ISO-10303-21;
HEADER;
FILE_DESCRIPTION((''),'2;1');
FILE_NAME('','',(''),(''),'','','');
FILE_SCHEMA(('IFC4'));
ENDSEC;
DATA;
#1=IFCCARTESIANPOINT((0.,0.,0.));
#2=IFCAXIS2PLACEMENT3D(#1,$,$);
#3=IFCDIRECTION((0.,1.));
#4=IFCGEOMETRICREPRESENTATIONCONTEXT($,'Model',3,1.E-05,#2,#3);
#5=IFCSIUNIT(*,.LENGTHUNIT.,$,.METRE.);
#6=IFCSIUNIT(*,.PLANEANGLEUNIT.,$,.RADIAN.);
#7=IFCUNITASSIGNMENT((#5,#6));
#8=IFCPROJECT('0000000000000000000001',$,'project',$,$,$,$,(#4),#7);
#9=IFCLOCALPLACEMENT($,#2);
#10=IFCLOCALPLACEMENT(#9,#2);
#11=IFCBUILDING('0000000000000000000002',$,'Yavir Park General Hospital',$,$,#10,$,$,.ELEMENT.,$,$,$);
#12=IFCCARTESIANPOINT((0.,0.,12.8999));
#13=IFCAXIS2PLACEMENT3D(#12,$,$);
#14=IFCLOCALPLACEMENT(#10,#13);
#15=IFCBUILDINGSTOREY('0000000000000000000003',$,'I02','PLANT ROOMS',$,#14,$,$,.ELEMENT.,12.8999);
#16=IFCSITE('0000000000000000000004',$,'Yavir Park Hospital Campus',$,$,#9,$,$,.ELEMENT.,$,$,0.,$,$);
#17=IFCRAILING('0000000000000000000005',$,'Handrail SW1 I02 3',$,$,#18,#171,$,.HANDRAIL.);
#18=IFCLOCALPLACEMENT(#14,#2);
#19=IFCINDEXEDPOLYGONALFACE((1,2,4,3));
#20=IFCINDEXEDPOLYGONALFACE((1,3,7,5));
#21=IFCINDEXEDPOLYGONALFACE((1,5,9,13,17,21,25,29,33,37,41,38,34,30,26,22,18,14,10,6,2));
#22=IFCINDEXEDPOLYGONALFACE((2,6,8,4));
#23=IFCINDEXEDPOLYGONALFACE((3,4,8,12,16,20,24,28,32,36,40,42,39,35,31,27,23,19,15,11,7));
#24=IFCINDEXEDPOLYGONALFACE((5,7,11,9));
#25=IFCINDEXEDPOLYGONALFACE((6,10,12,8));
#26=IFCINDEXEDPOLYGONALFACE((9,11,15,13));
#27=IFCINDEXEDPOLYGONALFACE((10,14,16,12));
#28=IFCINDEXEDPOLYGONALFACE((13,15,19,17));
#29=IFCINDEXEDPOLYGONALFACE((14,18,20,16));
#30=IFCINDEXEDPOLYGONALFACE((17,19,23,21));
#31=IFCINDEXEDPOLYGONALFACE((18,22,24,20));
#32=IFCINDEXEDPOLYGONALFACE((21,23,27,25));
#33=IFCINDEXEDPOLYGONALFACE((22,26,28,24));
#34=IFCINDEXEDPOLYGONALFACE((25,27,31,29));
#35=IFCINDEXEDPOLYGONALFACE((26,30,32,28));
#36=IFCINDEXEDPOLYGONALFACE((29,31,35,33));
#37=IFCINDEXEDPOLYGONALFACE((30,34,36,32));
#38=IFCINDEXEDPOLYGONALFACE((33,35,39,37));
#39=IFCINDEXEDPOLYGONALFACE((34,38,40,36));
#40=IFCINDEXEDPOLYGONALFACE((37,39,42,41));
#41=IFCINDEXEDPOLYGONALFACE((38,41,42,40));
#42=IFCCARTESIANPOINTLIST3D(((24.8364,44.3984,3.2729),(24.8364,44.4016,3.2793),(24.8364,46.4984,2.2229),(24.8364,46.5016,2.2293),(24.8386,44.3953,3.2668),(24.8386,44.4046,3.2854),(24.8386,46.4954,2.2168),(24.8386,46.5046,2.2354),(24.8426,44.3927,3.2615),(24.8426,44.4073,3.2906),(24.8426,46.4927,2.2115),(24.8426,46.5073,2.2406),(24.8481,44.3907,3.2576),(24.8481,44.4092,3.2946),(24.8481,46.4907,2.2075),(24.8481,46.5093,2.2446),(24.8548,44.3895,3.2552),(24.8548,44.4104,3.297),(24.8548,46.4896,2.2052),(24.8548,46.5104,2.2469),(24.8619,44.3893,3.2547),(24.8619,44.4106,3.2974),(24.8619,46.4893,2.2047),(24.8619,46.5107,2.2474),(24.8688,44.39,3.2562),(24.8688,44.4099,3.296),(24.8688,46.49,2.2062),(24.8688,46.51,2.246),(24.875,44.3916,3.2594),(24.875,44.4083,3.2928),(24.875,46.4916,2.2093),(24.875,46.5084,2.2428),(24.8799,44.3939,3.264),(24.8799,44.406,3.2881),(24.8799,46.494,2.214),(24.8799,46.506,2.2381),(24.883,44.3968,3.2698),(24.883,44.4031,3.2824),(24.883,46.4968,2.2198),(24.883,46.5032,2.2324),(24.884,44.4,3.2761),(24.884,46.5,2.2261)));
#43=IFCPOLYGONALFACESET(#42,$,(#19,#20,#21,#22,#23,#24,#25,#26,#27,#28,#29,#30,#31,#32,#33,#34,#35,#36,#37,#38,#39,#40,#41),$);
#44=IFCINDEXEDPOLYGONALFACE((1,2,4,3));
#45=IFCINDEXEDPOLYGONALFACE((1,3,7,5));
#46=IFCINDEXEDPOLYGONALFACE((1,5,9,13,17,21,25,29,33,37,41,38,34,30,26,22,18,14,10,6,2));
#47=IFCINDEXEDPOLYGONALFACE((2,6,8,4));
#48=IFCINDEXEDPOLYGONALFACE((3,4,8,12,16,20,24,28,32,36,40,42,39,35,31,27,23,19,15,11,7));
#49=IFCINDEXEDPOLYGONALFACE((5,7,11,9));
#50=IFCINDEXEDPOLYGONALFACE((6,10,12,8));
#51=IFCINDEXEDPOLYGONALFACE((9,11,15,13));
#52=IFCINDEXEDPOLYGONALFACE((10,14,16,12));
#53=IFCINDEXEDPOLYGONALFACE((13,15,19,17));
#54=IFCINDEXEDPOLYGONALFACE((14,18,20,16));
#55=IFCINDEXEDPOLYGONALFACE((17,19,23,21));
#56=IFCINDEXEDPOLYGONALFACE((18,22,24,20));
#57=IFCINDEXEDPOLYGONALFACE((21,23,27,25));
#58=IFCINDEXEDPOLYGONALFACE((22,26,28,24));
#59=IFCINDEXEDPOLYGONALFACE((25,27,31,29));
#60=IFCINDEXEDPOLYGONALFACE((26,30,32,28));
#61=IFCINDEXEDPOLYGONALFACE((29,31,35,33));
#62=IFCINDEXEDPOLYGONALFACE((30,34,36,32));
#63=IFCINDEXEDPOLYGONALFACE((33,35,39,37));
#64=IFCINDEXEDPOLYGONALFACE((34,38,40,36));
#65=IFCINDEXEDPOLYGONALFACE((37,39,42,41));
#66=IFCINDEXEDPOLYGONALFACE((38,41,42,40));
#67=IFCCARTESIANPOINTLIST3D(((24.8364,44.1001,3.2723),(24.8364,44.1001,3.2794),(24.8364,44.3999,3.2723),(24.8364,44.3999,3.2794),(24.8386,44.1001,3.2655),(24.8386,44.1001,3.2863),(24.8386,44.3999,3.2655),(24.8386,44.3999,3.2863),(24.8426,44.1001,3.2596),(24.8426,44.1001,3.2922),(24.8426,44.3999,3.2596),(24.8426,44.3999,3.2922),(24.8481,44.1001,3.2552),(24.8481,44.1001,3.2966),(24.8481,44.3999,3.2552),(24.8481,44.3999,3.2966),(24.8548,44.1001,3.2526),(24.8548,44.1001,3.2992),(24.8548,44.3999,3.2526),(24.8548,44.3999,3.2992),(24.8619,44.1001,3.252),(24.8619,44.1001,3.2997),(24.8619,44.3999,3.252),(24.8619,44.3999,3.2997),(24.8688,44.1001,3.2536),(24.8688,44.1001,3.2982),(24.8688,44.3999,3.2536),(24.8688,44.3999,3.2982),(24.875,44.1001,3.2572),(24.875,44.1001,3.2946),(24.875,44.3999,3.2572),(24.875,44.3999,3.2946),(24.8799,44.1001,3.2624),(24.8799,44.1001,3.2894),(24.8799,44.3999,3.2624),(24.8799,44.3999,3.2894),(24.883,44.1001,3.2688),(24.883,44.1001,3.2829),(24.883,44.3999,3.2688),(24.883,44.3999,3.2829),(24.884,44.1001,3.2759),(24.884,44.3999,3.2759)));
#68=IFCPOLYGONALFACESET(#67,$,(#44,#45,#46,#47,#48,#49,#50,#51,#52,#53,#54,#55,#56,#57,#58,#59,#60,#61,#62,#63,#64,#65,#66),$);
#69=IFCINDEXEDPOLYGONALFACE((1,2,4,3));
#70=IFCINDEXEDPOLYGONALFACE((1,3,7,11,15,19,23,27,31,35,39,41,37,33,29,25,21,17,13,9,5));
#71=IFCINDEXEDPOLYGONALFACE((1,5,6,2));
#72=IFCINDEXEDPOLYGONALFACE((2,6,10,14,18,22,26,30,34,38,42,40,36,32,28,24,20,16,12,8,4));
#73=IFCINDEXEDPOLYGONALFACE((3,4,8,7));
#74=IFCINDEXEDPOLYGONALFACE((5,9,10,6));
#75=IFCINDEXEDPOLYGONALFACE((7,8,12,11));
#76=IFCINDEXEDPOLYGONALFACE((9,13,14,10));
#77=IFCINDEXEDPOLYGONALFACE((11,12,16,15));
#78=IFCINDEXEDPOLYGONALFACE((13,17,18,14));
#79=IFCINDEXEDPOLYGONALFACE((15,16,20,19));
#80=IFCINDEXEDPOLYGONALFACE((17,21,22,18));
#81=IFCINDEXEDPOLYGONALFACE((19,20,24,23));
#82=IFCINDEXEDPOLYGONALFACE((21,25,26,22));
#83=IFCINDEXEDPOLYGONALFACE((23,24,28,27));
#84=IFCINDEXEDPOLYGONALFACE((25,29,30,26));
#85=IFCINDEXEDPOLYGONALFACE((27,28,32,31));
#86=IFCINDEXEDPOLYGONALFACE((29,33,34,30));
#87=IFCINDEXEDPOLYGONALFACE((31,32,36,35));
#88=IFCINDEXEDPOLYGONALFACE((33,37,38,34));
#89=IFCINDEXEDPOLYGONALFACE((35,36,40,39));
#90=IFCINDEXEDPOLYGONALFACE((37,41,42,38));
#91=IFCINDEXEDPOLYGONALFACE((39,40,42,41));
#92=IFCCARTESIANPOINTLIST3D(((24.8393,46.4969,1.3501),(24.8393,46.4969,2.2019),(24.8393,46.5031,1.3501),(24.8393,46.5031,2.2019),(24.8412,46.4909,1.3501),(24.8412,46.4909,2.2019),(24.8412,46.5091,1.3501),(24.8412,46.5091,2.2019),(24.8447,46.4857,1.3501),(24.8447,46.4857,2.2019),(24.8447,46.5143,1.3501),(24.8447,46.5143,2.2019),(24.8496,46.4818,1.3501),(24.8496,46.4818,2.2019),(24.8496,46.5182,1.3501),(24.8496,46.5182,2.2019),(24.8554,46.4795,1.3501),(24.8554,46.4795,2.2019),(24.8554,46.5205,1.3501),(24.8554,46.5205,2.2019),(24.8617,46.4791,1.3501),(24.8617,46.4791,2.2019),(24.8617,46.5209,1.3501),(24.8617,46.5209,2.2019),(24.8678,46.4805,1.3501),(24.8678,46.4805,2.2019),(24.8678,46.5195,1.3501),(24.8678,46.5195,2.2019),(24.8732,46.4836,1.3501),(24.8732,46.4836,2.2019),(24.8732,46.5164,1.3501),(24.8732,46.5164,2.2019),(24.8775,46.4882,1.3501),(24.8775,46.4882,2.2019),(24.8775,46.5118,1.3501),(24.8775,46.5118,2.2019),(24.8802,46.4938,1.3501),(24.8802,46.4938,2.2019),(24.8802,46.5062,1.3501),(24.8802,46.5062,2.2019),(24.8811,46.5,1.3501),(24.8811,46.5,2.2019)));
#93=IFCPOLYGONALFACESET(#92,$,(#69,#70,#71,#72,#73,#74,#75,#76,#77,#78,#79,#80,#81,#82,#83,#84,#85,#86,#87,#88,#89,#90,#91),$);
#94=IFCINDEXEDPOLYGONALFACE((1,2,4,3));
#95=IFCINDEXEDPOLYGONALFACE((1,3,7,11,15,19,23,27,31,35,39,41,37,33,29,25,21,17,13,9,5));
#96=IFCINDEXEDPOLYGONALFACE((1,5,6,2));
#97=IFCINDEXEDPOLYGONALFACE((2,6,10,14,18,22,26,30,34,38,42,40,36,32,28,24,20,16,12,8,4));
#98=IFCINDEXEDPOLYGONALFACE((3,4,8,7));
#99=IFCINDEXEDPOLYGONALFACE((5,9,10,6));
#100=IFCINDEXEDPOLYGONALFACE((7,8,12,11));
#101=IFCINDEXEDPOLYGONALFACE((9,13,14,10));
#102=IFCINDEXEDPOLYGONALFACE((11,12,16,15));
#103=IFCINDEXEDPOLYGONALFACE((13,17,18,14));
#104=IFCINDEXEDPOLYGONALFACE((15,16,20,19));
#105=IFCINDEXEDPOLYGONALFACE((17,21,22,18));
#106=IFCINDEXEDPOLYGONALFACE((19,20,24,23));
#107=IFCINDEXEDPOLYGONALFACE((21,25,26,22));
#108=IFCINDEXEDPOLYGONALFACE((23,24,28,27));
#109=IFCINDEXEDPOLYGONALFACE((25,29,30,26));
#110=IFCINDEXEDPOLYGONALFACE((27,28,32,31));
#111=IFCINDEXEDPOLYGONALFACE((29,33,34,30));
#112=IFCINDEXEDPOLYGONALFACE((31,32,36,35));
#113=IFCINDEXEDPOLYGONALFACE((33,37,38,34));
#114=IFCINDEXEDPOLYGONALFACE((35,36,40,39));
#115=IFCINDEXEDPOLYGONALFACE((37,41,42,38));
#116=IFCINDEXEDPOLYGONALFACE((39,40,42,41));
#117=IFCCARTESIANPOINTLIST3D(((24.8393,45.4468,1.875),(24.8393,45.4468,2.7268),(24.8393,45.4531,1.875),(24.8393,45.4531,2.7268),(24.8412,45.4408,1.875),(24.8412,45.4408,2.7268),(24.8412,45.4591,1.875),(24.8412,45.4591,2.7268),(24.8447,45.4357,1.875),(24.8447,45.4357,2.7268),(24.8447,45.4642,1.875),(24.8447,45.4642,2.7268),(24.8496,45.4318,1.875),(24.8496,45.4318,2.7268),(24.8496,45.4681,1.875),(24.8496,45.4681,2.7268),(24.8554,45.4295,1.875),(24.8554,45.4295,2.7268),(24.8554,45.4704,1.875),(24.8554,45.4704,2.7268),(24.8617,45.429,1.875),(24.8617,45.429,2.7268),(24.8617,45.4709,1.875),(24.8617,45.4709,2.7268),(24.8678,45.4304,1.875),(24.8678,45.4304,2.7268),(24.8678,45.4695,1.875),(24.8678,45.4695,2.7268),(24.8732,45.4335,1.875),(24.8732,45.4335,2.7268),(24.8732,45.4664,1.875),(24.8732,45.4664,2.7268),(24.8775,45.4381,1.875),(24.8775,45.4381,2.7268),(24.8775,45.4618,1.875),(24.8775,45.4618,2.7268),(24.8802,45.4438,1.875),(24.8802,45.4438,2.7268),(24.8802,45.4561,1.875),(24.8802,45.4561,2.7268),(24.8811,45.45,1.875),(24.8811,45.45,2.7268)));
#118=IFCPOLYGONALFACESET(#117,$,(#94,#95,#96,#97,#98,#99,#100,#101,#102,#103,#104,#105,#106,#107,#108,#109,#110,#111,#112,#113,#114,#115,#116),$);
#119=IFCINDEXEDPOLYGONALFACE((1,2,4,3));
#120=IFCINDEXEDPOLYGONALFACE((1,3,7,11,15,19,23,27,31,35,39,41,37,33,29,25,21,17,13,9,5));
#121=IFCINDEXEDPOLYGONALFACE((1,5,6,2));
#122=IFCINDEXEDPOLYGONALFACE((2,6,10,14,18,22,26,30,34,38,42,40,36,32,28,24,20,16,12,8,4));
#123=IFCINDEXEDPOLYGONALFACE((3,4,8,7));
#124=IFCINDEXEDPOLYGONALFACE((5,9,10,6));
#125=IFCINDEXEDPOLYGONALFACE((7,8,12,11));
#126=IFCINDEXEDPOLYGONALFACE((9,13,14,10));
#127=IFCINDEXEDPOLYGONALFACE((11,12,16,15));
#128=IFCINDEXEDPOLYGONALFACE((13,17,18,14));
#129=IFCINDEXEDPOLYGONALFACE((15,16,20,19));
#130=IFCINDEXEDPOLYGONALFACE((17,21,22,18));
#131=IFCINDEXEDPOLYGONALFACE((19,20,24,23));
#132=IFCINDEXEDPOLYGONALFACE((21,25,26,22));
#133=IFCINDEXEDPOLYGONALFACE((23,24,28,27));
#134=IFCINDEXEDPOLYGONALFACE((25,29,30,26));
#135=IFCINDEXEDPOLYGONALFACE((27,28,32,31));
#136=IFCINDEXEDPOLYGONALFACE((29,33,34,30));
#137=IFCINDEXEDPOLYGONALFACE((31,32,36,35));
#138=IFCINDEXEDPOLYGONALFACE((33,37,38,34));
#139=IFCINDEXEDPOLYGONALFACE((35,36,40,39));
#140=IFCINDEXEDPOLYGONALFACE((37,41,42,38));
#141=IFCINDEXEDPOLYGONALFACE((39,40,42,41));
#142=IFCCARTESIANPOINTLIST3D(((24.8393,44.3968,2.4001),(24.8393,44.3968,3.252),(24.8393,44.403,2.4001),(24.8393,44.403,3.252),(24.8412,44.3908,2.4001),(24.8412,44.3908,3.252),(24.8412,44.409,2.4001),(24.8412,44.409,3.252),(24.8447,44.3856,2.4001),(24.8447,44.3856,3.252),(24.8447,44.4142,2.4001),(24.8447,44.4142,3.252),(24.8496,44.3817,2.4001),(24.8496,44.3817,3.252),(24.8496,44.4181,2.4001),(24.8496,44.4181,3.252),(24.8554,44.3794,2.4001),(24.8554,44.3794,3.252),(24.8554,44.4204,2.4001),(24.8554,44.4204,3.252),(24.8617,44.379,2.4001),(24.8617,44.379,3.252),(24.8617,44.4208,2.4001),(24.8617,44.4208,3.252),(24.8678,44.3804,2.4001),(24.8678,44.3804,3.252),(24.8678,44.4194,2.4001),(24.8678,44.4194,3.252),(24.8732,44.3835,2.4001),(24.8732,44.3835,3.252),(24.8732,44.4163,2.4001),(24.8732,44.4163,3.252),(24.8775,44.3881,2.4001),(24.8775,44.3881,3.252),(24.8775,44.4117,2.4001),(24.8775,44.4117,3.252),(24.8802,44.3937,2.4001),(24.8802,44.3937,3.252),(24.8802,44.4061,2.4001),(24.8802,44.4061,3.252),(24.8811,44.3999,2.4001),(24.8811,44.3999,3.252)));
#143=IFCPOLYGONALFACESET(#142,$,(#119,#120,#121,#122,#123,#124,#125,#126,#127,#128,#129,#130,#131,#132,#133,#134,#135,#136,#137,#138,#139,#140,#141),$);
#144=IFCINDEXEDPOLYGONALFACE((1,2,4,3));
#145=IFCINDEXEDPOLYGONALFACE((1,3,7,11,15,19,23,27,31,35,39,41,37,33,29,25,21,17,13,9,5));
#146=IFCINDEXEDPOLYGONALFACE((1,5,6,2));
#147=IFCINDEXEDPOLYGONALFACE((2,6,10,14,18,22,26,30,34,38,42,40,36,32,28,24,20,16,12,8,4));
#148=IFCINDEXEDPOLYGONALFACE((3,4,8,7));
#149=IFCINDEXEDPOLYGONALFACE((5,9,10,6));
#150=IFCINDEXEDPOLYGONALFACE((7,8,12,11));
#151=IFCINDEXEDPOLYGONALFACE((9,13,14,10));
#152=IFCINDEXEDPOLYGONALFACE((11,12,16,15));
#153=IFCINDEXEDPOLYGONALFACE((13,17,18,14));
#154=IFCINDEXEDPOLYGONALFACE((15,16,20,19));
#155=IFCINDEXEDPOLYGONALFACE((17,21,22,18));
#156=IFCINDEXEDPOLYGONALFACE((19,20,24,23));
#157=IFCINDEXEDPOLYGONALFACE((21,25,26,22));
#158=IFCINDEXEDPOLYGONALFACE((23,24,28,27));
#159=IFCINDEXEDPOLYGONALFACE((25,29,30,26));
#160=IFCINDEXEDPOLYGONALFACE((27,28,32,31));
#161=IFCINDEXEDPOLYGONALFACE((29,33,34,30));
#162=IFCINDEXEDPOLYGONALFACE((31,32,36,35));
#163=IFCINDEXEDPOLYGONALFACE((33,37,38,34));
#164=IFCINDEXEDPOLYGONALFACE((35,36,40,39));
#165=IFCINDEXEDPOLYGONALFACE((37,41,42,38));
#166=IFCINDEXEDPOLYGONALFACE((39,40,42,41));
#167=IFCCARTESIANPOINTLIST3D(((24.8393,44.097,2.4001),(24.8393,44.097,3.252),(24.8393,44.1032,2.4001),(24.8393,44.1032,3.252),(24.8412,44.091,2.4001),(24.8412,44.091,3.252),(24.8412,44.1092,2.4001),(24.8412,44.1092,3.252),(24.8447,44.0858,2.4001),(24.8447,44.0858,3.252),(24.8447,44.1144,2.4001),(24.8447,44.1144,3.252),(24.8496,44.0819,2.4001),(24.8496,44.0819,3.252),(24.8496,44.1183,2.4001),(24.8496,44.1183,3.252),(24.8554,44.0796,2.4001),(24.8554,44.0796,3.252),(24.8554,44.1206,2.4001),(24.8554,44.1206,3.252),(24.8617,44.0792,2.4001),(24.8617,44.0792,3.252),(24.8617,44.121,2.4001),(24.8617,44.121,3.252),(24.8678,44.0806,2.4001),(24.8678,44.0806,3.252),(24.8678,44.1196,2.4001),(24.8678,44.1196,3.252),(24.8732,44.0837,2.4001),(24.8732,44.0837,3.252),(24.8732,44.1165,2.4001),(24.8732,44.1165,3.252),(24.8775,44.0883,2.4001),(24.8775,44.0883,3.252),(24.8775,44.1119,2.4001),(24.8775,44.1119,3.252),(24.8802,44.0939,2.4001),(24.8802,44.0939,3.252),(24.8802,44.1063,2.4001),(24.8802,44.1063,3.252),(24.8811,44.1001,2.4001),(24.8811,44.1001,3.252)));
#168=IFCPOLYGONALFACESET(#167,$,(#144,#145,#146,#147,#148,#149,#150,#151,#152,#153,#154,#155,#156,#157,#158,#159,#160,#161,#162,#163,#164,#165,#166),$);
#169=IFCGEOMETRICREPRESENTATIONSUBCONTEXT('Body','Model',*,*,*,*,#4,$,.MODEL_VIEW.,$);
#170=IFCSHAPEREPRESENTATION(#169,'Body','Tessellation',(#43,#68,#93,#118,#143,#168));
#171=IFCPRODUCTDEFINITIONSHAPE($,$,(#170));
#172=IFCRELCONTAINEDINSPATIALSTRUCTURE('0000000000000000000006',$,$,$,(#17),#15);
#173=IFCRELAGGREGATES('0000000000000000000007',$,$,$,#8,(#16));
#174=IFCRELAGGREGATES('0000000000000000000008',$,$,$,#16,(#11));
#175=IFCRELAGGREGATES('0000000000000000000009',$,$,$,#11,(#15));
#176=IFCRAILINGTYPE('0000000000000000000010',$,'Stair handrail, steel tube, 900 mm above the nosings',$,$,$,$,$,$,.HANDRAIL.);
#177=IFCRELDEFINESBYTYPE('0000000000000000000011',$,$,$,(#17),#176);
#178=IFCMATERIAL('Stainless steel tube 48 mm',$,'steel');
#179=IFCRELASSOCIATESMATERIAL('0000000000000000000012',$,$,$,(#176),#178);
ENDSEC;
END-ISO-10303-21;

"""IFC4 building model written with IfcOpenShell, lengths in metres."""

from ifc_helpers import new_model, si_unit, direction, frame, origin, origin_2d, place, context, subcontext, project, spatial, circle, extrude, material, type_object, element, save


model = new_model("IFC4")

# Units and contexts
model_context = context("Model", 3, precision=1e-05, world=origin(), true_north=direction((0.0, 1.0)))
body_context = subcontext(model_context, "Body", "Model", "MODEL_VIEW")
ifc_project = project(units=[si_unit("LENGTHUNIT", "METRE"), si_unit("PLANEANGLEUNIT", "RADIAN")], contexts=[model_context])

# Site, building, storey
site_placement = place(None, origin())
site = spatial("IfcSite", under=ifc_project, at=site_placement, Name="Yavir Park Hospital Campus", CompositionType="ELEMENT", RefElevation=0.0)
building_placement = place(site_placement, origin())
building = spatial("IfcBuilding", under=site, at=building_placement, Name="Yavir Park General Hospital", CompositionType="ELEMENT")
storey_placement = place(building_placement, frame((0.0, 0.0, 12.8999)))
storey = spatial("IfcBuildingStorey", under=building, at=storey_placement, Name="I02", Description="PLANT ROOMS", CompositionType="ELEMENT", Elevation=12.8999)

# Railing
ifc_material_1 = material(Name="Stainless steel tube 48 mm", Category="steel")
railing_type_1 = type_object("IfcRailingType", Name="Stair handrail, steel tube, 900 mm above the nosings", PredefinedType="HANDRAIL", material=ifc_material_1)
for number, where, name in (
    (1, (24.8601, 46.5, 1.3501), "Handrail SW1 I02 3"),
):
    element("IfcRailing", number, at=place(storey_placement, frame(where)), inside=storey, type_object=railing_type_1, Name=name, PredefinedType="HANDRAIL", context=body_context, shape_type="SweptSolid", body=[
        extrude(circle(Radius=0.0239, at=origin_2d()), frame((0.0, 0.0, 0.876), z_axis=(0.0, -0.894427, 0.447214), x_axis=(1.0, 0.0, 0.0)), (0.0, 0.0, 1.0), 2.3479),
        extrude(circle(Radius=0.0239, at=origin_2d()), frame((0.0, -2.1001, 1.9258), z_axis=(0.0, -1.0, 0.0), x_axis=(1.0, 0.0, 0.0)), (0.0, 0.0, 1.0), 0.2998),
        extrude(circle(Radius=0.021, at=origin_2d()), origin(), (0.0, 0.0, 1.0), 0.8518),
        extrude(circle(Radius=0.021, at=origin_2d()), frame((0.0, -1.05, 0.5249)), (0.0, 0.0, 1.0), 0.8518),
        extrude(circle(Radius=0.021, at=origin_2d()), frame((0.0, -2.1001, 1.05)), (0.0, 0.0, 1.0), 0.8518),
        extrude(circle(Radius=0.021, at=origin_2d()), frame((0.0, -2.3999, 1.05)), (0.0, 0.0, 1.0), 0.8518),
    ])

save(model, "model.ifc")
